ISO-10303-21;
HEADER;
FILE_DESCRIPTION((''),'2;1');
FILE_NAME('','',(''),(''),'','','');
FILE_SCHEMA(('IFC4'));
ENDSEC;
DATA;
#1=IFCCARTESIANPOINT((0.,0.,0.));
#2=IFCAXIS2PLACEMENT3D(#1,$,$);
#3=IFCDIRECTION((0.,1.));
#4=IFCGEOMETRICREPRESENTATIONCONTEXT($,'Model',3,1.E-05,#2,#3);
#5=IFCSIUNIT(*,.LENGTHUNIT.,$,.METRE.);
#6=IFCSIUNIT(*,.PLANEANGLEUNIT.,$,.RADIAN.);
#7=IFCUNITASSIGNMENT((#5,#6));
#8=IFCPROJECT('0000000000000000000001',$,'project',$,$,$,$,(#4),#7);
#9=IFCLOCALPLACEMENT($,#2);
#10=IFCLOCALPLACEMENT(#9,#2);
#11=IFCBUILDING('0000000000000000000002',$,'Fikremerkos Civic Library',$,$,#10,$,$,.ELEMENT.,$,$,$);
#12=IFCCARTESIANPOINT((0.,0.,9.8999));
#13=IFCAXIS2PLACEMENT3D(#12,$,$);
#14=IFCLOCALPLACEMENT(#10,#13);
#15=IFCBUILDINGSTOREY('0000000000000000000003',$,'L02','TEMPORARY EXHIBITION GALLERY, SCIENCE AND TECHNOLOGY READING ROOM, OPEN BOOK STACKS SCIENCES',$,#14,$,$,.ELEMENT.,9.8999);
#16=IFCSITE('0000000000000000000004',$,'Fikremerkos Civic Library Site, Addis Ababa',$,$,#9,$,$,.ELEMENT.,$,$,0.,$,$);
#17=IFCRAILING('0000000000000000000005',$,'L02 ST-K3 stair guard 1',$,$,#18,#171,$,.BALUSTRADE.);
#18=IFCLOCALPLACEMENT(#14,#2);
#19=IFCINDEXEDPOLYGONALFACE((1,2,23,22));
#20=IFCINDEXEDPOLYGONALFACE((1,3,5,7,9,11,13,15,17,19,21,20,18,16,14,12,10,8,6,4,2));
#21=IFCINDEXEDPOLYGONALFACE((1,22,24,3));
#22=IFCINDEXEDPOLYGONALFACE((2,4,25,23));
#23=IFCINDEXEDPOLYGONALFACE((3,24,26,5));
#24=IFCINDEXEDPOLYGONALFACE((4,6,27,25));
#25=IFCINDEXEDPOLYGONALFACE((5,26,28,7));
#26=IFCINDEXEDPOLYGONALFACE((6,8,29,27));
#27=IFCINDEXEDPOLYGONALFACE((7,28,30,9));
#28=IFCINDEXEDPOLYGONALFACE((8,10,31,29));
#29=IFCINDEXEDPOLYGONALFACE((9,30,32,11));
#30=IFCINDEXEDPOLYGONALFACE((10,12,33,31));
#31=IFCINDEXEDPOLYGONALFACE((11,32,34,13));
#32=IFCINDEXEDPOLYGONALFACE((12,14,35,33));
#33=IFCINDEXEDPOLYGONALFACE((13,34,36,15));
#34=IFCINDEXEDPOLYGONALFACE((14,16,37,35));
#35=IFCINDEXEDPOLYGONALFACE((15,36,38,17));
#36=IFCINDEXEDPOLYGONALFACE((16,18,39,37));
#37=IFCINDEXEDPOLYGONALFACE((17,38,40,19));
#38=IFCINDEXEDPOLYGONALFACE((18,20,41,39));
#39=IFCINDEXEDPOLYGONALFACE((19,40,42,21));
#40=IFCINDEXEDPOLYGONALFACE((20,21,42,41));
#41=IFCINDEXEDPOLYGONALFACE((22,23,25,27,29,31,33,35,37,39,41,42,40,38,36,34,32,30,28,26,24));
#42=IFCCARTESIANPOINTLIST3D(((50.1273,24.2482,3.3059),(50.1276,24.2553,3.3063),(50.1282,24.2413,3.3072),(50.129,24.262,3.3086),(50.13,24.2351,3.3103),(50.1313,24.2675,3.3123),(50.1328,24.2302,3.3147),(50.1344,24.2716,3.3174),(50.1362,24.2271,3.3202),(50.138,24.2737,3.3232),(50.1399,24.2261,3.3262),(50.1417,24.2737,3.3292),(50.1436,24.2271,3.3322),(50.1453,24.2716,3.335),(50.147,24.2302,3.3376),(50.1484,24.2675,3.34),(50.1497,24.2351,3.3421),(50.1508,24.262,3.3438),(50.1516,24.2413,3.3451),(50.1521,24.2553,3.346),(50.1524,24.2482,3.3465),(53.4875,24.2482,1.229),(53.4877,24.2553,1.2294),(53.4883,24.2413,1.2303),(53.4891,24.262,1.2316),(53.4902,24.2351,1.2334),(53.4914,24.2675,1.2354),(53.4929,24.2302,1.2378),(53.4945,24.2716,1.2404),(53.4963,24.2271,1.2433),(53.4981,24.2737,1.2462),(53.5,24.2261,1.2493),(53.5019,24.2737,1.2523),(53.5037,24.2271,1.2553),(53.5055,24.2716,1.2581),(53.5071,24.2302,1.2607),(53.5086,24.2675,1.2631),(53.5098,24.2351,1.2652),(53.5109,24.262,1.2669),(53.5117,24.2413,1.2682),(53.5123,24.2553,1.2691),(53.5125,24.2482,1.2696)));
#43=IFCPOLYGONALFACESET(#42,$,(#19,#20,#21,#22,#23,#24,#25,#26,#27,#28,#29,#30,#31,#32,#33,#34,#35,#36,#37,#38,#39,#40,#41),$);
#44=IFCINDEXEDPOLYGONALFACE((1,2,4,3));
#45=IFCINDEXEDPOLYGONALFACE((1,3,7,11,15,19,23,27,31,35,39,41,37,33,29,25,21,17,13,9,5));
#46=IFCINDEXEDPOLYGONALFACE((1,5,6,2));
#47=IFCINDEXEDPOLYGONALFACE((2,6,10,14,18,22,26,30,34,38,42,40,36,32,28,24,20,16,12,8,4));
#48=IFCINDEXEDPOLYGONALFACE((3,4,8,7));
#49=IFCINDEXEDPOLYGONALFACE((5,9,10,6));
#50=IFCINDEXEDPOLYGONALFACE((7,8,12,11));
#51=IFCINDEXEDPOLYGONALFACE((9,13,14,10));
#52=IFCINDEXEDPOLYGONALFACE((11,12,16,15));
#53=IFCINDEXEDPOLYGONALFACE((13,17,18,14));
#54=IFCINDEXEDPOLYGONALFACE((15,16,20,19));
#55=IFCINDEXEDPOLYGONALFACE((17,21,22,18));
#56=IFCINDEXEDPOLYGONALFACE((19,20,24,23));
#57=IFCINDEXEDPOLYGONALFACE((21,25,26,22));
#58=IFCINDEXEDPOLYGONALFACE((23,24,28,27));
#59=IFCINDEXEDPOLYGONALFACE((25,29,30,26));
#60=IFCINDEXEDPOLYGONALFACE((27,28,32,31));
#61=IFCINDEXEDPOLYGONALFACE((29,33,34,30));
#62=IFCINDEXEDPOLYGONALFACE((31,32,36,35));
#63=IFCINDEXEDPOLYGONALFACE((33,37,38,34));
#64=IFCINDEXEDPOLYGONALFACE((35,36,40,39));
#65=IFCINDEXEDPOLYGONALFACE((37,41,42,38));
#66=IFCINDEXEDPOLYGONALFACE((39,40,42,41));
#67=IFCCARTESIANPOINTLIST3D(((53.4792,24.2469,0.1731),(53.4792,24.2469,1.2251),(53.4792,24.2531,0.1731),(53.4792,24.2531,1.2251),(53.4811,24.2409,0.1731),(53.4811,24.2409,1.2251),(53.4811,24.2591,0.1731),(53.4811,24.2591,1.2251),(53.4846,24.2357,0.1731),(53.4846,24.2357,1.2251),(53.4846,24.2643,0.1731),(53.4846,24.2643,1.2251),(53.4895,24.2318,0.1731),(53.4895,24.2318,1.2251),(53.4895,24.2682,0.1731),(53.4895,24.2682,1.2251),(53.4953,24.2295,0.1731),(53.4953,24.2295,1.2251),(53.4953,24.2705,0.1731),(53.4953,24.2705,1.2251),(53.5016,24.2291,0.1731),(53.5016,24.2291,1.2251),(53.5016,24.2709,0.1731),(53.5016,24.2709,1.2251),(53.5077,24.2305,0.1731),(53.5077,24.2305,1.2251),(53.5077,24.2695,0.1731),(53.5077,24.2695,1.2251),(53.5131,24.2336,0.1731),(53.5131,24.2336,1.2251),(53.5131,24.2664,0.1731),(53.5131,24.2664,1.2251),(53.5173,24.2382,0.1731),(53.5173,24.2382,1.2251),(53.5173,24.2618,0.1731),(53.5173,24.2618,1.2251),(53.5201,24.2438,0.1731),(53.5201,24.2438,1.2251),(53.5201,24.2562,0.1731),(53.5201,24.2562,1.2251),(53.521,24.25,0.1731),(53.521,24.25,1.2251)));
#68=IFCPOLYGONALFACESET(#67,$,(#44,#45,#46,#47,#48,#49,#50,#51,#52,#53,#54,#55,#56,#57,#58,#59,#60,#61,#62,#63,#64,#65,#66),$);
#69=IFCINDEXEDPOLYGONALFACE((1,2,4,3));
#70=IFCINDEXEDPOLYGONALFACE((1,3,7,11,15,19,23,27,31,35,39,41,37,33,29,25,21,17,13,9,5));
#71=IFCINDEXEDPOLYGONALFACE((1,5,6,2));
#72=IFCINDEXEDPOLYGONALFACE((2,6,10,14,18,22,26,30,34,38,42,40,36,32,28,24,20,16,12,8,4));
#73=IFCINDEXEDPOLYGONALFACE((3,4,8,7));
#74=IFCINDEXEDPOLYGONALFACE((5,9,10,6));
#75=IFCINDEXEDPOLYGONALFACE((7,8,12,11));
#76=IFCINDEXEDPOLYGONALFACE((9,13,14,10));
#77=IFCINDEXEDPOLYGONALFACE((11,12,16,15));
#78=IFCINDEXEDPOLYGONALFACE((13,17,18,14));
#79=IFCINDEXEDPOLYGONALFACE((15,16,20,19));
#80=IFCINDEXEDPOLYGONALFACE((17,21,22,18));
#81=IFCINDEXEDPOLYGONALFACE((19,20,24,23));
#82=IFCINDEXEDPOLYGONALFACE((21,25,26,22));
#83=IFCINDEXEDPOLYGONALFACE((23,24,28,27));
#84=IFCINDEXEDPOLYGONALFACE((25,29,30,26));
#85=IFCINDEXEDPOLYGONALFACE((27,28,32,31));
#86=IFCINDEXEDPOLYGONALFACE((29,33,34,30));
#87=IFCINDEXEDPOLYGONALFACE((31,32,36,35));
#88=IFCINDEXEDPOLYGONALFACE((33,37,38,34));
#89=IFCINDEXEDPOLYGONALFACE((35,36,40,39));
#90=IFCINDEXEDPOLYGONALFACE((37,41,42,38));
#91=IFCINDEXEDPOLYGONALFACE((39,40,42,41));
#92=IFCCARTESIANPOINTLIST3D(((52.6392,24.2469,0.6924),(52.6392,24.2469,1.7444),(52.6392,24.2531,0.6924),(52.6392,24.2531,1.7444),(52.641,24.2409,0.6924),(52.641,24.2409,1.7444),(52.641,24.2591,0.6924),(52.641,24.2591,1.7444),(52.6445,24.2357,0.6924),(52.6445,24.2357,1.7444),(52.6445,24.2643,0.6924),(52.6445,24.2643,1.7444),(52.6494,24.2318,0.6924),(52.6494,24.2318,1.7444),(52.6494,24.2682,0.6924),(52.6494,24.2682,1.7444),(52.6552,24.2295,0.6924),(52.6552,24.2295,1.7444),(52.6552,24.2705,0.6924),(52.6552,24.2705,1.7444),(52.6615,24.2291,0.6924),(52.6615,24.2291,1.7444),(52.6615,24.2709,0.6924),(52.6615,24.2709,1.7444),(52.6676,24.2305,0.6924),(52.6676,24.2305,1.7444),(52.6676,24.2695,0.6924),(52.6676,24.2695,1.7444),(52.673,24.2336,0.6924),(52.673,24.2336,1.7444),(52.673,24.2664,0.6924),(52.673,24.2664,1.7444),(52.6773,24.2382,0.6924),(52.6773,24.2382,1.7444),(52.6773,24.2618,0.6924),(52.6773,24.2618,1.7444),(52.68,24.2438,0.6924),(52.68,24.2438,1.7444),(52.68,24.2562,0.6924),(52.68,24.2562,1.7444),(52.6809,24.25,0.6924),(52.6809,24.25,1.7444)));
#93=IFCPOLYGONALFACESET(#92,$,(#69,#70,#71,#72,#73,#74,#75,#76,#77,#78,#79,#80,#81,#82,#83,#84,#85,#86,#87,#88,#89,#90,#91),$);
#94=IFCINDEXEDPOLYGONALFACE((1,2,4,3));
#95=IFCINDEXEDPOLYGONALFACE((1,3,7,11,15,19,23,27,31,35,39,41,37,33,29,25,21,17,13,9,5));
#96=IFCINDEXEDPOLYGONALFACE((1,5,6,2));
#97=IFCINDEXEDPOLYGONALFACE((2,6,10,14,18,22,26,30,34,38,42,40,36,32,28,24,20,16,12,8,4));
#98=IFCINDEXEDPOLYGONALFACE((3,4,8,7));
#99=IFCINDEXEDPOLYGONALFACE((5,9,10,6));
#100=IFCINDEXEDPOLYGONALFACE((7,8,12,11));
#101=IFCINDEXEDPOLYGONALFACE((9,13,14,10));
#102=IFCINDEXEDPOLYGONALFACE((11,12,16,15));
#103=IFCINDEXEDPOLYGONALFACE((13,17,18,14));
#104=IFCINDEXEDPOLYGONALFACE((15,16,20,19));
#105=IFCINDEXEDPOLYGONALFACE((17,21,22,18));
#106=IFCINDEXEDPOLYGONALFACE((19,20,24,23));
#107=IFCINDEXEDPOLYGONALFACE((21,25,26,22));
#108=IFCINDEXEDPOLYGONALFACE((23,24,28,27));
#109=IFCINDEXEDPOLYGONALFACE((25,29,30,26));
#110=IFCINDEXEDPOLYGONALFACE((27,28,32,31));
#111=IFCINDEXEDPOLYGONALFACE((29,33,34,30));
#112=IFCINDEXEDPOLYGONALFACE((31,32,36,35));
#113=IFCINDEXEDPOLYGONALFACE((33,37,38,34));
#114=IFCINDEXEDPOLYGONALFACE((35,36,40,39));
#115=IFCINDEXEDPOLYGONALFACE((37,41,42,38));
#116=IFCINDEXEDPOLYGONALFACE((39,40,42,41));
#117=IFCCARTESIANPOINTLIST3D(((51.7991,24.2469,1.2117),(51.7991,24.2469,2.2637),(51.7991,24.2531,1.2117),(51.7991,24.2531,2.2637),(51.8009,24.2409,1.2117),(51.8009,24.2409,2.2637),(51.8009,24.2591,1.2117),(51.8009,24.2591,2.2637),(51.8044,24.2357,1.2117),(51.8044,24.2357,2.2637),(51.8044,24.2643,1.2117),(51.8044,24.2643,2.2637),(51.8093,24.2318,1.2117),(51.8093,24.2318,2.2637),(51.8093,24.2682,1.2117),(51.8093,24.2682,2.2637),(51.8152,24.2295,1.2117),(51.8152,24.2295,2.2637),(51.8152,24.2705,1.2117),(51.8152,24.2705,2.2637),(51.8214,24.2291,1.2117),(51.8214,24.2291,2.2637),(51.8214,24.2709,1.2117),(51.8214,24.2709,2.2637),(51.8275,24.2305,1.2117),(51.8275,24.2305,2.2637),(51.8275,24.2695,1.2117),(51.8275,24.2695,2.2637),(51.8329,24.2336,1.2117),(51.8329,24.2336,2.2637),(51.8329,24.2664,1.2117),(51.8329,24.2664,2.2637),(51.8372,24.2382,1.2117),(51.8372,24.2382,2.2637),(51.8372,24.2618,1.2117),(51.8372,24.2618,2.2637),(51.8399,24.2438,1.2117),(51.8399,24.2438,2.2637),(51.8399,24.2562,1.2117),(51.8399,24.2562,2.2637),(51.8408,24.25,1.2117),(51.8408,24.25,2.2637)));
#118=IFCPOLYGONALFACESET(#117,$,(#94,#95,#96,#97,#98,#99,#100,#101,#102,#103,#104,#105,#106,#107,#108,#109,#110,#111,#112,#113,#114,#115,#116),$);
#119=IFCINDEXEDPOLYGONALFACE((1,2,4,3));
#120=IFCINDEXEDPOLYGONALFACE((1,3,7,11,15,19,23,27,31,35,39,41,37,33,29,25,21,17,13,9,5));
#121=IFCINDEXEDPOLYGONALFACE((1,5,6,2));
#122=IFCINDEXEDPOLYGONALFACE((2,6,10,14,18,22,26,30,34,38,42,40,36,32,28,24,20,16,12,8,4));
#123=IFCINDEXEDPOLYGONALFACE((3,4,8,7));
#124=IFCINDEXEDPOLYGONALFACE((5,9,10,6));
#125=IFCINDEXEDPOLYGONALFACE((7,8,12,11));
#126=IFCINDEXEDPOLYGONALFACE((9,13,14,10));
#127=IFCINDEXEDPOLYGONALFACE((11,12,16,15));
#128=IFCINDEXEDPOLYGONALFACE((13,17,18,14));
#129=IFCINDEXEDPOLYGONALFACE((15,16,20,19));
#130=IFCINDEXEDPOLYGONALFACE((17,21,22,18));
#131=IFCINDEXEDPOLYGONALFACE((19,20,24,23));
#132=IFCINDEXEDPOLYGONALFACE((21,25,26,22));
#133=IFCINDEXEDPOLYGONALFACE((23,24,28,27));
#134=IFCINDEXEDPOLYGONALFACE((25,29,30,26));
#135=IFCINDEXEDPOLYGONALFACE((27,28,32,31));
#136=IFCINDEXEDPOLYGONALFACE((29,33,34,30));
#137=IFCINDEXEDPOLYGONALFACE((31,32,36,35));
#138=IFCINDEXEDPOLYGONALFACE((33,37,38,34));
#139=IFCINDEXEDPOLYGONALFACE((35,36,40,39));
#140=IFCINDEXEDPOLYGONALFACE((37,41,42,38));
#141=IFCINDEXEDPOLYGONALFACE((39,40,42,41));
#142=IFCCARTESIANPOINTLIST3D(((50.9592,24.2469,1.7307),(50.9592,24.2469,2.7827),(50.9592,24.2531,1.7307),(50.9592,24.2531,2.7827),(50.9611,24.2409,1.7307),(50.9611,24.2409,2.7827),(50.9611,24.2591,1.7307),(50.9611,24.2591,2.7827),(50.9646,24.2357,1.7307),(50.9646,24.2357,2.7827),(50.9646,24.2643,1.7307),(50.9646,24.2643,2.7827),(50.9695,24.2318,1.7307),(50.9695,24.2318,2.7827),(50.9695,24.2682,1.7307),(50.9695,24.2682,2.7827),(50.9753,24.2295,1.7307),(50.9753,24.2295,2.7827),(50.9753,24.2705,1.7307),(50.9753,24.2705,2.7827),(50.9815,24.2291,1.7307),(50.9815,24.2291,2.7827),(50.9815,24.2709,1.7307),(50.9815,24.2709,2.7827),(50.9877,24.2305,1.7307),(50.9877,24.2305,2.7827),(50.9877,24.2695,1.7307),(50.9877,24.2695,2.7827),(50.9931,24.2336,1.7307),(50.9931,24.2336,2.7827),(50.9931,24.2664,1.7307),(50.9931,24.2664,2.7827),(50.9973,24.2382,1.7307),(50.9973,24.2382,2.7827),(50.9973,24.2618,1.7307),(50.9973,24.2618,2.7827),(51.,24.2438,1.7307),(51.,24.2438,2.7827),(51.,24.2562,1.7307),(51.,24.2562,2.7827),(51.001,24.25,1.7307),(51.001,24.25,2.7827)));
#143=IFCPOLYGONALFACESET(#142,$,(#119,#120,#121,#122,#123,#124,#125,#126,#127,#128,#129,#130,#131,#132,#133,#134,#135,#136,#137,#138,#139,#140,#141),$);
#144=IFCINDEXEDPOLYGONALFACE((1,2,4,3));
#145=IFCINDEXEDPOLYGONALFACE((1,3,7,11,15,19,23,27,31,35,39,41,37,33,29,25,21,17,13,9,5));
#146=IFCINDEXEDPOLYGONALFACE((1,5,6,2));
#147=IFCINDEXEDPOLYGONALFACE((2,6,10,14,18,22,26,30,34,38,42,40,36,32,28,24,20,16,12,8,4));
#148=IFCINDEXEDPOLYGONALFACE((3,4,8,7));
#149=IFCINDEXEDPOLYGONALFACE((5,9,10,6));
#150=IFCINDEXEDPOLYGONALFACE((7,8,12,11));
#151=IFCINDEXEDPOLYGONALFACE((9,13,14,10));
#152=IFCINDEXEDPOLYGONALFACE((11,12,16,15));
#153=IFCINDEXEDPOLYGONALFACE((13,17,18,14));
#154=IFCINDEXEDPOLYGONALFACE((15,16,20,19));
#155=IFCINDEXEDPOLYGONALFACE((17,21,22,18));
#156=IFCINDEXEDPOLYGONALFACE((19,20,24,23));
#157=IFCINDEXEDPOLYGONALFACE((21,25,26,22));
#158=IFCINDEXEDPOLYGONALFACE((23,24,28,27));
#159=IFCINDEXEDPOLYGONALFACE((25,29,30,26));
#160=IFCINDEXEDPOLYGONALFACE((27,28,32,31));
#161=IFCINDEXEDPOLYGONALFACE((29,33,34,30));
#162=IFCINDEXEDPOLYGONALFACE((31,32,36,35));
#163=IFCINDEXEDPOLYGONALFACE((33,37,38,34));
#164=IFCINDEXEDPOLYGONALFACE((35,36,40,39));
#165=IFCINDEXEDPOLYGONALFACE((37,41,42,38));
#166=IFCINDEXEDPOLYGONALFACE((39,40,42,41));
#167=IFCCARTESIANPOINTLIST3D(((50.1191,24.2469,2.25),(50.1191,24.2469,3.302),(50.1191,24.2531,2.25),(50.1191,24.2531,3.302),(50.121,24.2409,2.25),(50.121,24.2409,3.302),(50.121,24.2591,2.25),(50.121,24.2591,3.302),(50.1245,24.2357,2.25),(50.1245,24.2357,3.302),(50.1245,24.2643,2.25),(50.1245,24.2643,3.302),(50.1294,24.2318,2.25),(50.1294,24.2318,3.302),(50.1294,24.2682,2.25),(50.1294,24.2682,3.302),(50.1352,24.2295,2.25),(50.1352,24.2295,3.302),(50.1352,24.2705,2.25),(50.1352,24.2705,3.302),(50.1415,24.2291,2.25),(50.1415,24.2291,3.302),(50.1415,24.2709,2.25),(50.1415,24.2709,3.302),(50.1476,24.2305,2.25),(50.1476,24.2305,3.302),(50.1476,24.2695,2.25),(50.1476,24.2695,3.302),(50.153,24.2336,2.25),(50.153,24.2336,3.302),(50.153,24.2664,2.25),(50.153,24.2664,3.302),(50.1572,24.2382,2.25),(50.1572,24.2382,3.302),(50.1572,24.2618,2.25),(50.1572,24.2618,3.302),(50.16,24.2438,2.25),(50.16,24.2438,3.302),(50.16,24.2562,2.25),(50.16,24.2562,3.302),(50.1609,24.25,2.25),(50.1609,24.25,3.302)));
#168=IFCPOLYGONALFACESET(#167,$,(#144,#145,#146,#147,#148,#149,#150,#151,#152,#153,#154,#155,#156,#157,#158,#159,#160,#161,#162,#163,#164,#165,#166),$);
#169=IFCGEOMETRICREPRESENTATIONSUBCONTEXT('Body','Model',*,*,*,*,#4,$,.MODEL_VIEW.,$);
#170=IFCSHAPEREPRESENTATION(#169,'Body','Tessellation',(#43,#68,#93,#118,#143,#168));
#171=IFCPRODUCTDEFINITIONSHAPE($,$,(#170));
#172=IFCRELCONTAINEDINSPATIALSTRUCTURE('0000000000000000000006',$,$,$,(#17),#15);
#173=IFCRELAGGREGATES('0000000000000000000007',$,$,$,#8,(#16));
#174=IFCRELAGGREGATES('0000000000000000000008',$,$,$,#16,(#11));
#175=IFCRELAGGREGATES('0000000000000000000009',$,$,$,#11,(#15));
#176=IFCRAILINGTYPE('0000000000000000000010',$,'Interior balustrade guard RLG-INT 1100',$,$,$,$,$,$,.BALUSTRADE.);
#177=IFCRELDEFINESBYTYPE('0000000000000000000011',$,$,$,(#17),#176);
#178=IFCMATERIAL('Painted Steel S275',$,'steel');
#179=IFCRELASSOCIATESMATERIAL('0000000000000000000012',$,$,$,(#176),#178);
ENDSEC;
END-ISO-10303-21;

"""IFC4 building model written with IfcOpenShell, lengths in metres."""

from ifc_helpers import new_model, si_unit, direction, frame, origin, origin_2d, place, context, subcontext, project, spatial, circle, extrude, material, type_object, element, save


model = new_model("IFC4")

# Units and contexts
model_context = context("Model", 3, precision=1e-05, world=origin(), true_north=direction((0.0, 1.0)))
body_context = subcontext(model_context, "Body", "Model", "MODEL_VIEW")
ifc_project = project(units=[si_unit("LENGTHUNIT", "METRE"), si_unit("PLANEANGLEUNIT", "RADIAN")], contexts=[model_context])

# Site, building, storey
site_placement = place(None, origin())
site = spatial("IfcSite", under=ifc_project, at=site_placement, Name="Fikremerkos Civic Library Site, Addis Ababa", CompositionType="ELEMENT", RefElevation=0.0)
building_placement = place(site_placement, origin())
building = spatial("IfcBuilding", under=site, at=building_placement, Name="Fikremerkos Civic Library", CompositionType="ELEMENT")
storey_placement = place(building_placement, frame((0.0, 0.0, 9.8999)))
storey = spatial("IfcBuildingStorey", under=building, at=storey_placement, Name="L02", Description="TEMPORARY EXHIBITION GALLERY, SCIENCE AND TECHNOLOGY READING ROOM, OPEN BOOK STACKS SCIENCES", CompositionType="ELEMENT", Elevation=9.8999)

# Railing
ifc_material_1 = material(Name="Painted Steel S275", Category="steel")
railing_type_1 = type_object("IfcRailingType", Name="Interior balustrade guard RLG-INT 1100", PredefinedType="BALUSTRADE", material=ifc_material_1)
railing_1_placement = place(storey_placement, frame((53.5, 24.25, 0.1731)))
element("IfcRailing", 1, at=railing_1_placement, inside=storey, type_object=railing_type_1, Name="L02 ST-K3 stair guard 1", PredefinedType="BALUSTRADE", context=body_context, shape_type="SweptSolid", body=[
    extrude(circle(Radius=0.0239, at=origin_2d()), frame((0.0, 0.0, 1.0762), z_axis=(-0.850623, 0.0, 0.525776), x_axis=(0.0, -1.0, 0.0)), (0.0, 0.0, 1.0), 3.9502),
    extrude(circle(Radius=0.021, at=origin_2d()), origin(), (0.0, 0.0, 1.0), 1.052),
    extrude(circle(Radius=0.021, at=origin_2d()), frame((-0.8401, 0.0, 0.5193)), (0.0, 0.0, 1.0), 1.052),
    extrude(circle(Radius=0.021, at=origin_2d()), frame((-1.6802, 0.0, 1.0386)), (0.0, 0.0, 1.0), 1.052),
    extrude(circle(Radius=0.021, at=origin_2d()), frame((-2.52, 0.0, 1.5576)), (0.0, 0.0, 1.0), 1.052),
    extrude(circle(Radius=0.021, at=origin_2d()), frame((-3.3601, 0.0, 2.0769)), (0.0, 0.0, 1.0), 1.052),
])

save(model, "model.ifc")
